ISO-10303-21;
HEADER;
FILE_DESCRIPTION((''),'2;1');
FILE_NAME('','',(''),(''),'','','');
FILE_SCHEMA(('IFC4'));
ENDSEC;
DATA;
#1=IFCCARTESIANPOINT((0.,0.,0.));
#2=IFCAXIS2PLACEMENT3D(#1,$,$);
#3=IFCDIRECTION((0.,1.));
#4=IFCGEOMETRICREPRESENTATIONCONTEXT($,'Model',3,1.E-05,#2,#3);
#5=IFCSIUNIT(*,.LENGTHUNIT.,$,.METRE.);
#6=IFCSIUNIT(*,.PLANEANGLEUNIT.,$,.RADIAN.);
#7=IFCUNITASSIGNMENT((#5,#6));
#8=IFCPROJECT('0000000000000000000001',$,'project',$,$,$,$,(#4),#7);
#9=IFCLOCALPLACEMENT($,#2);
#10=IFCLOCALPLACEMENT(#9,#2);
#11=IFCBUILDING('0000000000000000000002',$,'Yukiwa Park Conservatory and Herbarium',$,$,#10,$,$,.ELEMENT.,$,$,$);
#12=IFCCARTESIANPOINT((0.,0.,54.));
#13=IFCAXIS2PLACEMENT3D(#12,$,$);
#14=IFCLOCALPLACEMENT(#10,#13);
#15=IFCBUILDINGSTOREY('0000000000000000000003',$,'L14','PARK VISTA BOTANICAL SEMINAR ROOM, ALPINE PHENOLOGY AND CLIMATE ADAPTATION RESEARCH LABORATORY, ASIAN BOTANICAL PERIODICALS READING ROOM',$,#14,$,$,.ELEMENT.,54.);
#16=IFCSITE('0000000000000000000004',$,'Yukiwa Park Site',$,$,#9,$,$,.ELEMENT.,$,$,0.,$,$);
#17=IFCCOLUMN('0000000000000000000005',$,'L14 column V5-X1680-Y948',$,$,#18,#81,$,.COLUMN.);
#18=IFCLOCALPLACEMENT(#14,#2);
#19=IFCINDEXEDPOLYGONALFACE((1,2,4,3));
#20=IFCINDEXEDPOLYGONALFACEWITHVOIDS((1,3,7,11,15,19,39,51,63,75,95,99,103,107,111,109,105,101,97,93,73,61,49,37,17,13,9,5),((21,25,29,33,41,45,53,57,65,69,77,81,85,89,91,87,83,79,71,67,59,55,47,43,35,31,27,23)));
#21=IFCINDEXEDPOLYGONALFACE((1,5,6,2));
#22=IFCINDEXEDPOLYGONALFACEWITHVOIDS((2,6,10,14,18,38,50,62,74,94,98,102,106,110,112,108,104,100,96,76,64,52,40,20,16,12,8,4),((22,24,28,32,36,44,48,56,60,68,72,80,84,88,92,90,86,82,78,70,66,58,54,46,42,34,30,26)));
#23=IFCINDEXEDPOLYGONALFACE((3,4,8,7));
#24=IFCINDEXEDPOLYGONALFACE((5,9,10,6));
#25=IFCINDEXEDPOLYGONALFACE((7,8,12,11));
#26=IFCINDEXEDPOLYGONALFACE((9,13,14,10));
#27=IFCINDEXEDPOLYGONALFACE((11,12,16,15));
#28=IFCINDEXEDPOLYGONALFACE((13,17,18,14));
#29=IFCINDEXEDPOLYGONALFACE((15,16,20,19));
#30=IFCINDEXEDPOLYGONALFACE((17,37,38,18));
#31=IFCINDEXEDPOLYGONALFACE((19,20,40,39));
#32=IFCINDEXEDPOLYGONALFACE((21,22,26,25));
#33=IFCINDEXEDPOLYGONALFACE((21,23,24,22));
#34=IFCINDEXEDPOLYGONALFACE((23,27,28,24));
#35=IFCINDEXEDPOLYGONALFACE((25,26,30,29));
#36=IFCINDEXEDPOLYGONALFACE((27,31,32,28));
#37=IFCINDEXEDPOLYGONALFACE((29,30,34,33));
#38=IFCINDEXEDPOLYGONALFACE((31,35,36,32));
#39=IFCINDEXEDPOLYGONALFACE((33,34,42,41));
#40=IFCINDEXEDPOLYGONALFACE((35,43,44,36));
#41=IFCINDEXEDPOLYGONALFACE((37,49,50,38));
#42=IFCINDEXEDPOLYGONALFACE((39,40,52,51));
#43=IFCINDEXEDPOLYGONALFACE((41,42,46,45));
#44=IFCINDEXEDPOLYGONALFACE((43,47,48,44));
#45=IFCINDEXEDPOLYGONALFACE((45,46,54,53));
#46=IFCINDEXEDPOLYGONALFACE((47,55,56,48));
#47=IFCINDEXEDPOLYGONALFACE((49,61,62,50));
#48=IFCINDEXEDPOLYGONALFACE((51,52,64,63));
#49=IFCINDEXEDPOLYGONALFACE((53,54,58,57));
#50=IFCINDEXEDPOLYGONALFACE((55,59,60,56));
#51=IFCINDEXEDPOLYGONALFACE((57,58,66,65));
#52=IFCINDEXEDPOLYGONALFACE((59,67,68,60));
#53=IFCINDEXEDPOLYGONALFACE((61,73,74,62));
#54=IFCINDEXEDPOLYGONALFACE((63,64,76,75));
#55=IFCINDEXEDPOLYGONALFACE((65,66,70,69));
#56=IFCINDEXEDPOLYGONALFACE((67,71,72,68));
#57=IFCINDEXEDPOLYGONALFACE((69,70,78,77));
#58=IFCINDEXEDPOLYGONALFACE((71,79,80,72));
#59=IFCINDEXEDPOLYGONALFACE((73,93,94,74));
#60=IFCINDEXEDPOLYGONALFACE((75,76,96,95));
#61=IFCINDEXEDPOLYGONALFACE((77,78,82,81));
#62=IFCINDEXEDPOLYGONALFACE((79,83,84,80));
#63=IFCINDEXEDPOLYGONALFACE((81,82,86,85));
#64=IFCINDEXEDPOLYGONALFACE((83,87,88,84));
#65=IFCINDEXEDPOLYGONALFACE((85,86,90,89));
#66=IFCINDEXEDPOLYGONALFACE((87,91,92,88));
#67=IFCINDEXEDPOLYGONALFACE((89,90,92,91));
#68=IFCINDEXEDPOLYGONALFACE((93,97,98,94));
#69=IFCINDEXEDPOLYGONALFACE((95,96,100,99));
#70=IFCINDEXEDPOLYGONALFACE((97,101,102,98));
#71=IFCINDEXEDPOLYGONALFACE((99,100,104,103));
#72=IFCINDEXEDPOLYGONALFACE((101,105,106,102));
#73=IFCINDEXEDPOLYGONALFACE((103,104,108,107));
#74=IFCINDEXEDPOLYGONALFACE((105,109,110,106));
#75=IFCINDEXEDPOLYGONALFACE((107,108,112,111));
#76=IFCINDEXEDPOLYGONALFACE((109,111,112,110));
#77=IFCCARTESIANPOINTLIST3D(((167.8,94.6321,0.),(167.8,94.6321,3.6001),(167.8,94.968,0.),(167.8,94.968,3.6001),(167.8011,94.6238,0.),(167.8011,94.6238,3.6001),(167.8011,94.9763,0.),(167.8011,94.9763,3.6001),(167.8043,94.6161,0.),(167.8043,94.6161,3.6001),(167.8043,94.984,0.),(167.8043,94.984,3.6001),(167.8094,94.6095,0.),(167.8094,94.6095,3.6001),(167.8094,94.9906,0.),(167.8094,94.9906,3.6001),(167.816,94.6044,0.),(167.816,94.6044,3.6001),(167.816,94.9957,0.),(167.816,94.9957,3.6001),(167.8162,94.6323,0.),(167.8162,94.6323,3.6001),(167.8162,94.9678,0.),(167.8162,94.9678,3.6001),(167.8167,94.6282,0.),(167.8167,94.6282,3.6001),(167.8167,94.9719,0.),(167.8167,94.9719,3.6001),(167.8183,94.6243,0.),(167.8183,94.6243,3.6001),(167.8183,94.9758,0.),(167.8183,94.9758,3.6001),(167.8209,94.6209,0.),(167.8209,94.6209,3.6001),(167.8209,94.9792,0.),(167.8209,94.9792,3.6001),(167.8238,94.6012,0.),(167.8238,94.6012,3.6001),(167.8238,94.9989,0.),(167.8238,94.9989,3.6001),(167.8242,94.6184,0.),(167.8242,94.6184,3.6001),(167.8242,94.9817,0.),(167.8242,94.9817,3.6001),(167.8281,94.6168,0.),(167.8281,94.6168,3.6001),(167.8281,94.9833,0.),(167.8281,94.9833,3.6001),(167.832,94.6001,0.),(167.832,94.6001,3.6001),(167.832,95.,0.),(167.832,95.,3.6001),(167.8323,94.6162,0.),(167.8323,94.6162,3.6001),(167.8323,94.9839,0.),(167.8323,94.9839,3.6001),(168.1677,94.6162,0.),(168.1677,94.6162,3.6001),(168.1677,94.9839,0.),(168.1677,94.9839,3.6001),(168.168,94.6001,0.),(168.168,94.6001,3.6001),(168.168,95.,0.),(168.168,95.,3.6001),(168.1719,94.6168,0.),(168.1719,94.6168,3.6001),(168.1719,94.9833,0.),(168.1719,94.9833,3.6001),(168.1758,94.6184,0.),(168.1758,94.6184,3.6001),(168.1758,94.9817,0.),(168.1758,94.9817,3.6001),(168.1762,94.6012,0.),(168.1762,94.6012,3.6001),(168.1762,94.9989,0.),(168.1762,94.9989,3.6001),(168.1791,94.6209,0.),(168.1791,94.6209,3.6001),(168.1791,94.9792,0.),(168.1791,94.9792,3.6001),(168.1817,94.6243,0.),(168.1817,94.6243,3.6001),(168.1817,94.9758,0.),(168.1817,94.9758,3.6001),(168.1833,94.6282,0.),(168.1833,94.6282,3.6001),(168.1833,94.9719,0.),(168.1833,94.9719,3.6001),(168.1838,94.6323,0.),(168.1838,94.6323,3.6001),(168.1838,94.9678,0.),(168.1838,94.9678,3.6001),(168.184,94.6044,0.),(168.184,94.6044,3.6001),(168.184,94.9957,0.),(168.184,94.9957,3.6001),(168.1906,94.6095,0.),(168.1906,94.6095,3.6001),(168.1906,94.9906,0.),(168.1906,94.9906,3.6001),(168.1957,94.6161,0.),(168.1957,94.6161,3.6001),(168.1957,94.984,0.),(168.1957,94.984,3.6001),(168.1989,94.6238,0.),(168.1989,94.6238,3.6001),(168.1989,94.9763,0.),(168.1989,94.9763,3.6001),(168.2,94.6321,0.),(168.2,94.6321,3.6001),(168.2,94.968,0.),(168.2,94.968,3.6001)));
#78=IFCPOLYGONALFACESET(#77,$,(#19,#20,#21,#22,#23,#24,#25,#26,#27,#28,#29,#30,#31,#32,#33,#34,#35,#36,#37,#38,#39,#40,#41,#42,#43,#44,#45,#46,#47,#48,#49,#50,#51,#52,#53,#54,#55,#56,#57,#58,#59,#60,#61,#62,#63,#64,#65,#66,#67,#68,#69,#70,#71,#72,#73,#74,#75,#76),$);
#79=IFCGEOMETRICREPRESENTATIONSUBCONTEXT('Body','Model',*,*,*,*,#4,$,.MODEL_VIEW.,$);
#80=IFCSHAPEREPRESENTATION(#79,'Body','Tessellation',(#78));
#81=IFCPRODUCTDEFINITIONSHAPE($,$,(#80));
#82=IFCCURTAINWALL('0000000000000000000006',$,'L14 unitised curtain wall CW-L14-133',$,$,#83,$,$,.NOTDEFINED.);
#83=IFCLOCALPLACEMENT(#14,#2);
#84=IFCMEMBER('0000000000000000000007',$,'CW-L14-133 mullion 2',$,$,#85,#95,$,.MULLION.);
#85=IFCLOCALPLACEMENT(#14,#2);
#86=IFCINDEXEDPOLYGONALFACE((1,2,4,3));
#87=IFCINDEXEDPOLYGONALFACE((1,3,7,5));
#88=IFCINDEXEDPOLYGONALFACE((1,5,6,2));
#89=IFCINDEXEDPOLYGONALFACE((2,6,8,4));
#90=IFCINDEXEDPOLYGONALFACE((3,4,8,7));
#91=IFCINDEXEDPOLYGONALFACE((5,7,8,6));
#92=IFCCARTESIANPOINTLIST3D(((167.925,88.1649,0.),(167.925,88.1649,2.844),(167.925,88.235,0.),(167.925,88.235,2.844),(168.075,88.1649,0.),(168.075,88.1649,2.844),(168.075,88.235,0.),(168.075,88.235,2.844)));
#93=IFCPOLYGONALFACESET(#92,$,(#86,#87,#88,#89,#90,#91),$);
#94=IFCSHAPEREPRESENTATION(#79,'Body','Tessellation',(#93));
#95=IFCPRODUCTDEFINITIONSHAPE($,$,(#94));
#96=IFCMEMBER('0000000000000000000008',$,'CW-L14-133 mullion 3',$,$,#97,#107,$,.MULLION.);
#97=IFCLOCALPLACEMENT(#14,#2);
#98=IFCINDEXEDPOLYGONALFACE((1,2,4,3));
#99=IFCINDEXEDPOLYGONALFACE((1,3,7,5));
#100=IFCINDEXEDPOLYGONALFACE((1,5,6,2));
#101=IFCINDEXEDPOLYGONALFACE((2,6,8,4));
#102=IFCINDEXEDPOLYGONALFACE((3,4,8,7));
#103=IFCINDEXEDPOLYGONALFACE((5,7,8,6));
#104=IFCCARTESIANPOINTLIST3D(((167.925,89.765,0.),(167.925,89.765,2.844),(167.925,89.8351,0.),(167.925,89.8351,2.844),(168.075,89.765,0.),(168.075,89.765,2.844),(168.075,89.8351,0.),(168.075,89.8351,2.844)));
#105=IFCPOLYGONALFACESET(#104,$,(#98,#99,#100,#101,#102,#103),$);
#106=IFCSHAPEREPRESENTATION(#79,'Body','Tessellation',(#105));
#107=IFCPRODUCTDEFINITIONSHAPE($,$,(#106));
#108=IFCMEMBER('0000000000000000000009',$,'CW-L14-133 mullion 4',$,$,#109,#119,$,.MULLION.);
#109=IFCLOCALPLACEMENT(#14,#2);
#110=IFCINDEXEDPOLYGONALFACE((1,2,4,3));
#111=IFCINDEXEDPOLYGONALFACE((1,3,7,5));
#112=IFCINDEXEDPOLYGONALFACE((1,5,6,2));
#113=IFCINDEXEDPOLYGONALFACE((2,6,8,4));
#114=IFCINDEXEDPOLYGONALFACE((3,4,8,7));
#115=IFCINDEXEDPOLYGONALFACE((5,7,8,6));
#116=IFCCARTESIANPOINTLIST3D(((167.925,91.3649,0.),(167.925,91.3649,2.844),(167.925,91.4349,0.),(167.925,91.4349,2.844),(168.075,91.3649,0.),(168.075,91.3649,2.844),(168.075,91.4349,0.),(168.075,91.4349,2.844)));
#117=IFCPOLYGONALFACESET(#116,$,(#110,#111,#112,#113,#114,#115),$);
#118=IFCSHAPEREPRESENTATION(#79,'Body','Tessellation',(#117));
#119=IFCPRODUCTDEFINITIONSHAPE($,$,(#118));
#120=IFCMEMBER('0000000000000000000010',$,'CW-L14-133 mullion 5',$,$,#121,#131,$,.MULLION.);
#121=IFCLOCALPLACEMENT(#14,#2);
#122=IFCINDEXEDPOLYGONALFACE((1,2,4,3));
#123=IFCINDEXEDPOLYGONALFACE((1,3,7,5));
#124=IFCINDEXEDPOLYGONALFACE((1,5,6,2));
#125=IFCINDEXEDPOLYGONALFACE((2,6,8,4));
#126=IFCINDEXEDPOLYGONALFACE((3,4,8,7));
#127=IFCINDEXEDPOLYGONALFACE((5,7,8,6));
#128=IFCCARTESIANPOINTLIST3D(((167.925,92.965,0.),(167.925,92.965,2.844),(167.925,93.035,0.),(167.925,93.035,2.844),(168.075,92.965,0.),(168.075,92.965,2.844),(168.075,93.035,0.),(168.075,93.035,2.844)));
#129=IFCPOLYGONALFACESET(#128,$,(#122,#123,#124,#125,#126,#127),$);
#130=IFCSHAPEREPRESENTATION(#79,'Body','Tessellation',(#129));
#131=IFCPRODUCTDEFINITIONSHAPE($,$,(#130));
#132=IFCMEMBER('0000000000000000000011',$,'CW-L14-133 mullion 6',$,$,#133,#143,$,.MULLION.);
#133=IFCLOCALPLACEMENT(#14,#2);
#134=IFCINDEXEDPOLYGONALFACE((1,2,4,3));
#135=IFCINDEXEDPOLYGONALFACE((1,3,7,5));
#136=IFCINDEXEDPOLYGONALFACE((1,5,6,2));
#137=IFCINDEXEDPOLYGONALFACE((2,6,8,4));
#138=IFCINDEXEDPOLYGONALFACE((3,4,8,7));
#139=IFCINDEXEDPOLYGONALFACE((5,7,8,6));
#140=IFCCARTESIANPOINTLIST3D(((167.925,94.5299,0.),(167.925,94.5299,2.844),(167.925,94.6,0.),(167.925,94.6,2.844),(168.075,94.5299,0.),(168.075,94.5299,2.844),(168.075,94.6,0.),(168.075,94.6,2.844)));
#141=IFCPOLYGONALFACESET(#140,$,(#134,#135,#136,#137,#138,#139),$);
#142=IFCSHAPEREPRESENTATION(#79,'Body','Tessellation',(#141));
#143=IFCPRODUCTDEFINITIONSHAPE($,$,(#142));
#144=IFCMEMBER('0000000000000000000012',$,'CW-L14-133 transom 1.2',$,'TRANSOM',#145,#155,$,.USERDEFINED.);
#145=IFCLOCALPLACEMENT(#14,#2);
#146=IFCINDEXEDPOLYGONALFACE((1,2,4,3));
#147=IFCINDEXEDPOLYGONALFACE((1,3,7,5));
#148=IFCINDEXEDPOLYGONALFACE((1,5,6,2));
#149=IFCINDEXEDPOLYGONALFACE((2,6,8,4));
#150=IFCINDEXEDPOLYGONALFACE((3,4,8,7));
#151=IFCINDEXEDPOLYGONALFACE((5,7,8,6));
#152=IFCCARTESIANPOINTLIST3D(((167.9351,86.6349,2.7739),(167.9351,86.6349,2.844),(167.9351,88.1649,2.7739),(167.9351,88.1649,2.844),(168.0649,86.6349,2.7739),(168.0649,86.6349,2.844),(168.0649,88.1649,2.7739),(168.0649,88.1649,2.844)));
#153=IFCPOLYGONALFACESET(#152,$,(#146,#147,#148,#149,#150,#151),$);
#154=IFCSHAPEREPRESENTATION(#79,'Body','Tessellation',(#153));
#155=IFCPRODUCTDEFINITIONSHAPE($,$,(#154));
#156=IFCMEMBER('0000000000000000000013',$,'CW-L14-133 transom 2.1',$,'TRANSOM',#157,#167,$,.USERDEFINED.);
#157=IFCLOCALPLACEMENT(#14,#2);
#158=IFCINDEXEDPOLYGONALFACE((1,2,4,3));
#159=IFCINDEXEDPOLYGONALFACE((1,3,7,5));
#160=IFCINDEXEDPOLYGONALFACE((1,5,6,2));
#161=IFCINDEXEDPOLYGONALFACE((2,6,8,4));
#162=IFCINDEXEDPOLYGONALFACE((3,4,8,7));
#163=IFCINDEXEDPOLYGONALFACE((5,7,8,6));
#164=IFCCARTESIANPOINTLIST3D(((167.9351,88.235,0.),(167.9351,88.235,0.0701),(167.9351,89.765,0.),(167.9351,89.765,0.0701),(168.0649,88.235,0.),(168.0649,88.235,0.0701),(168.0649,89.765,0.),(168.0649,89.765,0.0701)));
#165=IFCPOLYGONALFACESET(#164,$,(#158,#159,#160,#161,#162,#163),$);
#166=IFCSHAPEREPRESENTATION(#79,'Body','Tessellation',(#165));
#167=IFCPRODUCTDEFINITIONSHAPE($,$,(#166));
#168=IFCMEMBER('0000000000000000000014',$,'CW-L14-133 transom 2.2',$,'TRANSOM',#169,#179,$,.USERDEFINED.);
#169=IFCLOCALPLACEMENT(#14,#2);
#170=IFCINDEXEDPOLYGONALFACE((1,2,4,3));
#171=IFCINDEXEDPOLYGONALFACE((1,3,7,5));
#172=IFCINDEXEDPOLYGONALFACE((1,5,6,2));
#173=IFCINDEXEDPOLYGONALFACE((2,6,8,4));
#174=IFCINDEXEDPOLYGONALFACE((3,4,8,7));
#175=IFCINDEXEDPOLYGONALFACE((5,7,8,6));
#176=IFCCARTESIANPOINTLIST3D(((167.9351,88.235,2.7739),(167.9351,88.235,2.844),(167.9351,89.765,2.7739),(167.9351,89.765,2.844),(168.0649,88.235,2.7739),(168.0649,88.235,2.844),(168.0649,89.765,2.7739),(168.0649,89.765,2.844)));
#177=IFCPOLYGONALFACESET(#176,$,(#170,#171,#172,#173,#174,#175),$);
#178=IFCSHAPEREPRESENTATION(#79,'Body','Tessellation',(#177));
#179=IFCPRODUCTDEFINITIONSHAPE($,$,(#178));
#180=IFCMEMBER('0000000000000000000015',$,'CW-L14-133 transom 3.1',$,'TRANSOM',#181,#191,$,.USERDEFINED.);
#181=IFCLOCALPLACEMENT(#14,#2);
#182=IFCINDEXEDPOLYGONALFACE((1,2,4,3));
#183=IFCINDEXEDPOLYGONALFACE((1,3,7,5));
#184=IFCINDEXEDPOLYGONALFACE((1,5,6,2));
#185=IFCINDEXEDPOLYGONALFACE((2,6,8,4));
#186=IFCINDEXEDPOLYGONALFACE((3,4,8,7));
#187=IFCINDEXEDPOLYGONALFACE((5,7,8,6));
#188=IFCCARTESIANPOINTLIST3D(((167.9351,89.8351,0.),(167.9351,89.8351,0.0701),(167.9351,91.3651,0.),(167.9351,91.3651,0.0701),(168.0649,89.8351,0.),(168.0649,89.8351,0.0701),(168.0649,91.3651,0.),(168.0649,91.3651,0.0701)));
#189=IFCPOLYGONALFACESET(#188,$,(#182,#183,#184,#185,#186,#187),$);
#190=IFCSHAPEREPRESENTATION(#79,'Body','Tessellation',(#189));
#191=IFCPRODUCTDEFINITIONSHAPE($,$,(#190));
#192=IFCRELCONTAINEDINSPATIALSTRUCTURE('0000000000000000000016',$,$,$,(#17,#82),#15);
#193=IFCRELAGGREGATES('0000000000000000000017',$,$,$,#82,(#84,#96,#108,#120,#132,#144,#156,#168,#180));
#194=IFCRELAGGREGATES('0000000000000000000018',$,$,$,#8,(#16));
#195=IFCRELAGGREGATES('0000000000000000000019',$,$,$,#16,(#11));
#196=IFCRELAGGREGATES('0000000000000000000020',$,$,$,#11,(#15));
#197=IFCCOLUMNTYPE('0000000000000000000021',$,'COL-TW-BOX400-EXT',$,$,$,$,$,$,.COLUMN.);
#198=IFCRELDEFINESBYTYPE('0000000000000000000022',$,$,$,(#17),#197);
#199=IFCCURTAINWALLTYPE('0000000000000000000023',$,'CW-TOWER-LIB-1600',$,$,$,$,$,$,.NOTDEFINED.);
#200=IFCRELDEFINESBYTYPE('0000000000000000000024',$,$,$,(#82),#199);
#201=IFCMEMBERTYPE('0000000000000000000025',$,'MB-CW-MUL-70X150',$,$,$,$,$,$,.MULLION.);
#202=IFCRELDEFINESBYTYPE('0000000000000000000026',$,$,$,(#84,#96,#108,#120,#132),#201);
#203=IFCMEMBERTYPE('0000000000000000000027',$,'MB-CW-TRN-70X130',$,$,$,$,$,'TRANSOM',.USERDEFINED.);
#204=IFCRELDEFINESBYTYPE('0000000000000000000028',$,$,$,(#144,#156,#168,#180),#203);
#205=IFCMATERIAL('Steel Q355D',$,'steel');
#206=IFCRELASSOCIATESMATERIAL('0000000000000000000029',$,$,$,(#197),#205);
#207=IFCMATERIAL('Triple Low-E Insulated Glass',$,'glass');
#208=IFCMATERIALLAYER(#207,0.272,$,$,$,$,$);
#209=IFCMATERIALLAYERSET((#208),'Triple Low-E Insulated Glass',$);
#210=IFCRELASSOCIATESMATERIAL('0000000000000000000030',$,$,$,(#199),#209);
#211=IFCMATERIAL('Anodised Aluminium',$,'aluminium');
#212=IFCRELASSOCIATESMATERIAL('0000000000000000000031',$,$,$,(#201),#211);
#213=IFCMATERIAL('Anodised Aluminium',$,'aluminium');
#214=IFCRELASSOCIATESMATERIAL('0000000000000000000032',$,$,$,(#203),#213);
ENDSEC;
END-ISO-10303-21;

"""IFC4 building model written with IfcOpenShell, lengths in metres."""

from ifc_helpers import new_model, si_unit, direction, frame, origin, origin_2d, place, context, subcontext, project, spatial, rectangle, hollow_rectangle, extrude, material, layer, layer_set, material_profile, profile_set, type_object, element, aggregate, save


model = new_model("IFC4")

# Units and contexts
model_context = context("Model", 3, precision=1e-05, world=origin(), true_north=direction((0.0, 1.0)))
body_context = subcontext(model_context, "Body", "Model", "MODEL_VIEW")
ifc_project = project(units=[si_unit("LENGTHUNIT", "METRE"), si_unit("PLANEANGLEUNIT", "RADIAN")], contexts=[model_context])

# Site, building, storey
site_placement = place(None, origin())
site = spatial("IfcSite", under=ifc_project, at=site_placement, Name="Yukiwa Park Site", CompositionType="ELEMENT", RefElevation=0.0)
building_placement = place(site_placement, origin())
building = spatial("IfcBuilding", under=site, at=building_placement, Name="Yukiwa Park Conservatory and Herbarium", CompositionType="ELEMENT")
storey_placement = place(building_placement, frame((0.0, 0.0, 54.0)))
storey = spatial("IfcBuildingStorey", under=building, at=storey_placement, Name="L14", Description="PARK VISTA BOTANICAL SEMINAR ROOM, ALPINE PHENOLOGY AND CLIMATE ADAPTATION RESEARCH LABORATORY, ASIAN BOTANICAL PERIODICALS READING ROOM", CompositionType="ELEMENT", Elevation=54.0)

# Column
ifc_material_1 = material(Name="Steel Q355D", Category="steel")
ifc_material_profile = material_profile(ifc_material_1, hollow_rectangle(XDim=0.3999, YDim=0.3999, WallThickness=0.0161, InnerFilletRadius=0.0161, OuterFilletRadius=0.032, at=origin_2d()), Name="BOX 400x400x16")
ifc_profile_set = profile_set([ifc_material_profile], Name="Steel Q355D")
column_type = type_object("IfcColumnType", Name="COL-TW-BOX400-EXT", PredefinedType="COLUMN", material=ifc_profile_set)
column_placement = place(storey_placement, frame((168.0, 94.8, 0.0), z_axis=(0.0, 0.0, 1.0), x_axis=(1.0, 0.0, 0.0)))
element("IfcColumn", 1, at=column_placement, inside=storey, type_object=column_type, Name="L14 column V5-X1680-Y948", PredefinedType="COLUMN", context=body_context, shape_type="SweptSolid", body=[
    extrude(hollow_rectangle(XDim=0.3999, YDim=0.3999, WallThickness=0.0161, InnerFilletRadius=0.0161, OuterFilletRadius=0.032, at=origin_2d()), origin(), (0.0, 0.0, 1.0), 3.6001),
])

# Curtain wall, members
ifc_material_2 = material(Name="Triple Low-E Insulated Glass", Category="glass")
ifc_layer_1 = layer(ifc_material_2, 0.272)
ifc_layer_set_1 = layer_set([ifc_layer_1], Name="Triple Low-E Insulated Glass")
curtain_wall_type = type_object("IfcCurtainWallType", Name="CW-TOWER-LIB-1600", PredefinedType="NOTDEFINED", material=ifc_layer_set_1)
curtain_wall_placement = place(storey_placement, origin())
curtain_wall = element("IfcCurtainWall", 2, at=curtain_wall_placement, inside=storey, type_object=curtain_wall_type, Name="L14 unitised curtain wall CW-L14-133", PredefinedType="NOTDEFINED")
ifc_material_3 = material(Name="Anodised Aluminium", Category="aluminium")
member_type_1 = type_object("IfcMemberType", Name="MB-CW-MUL-70X150", PredefinedType="MULLION", material=ifc_material_3)
member_1_placement = place(storey_placement, frame((168.0, 88.2, 0.0), z_axis=(0.0, 0.0, 1.0), x_axis=(0.0, 1.0, 0.0)))
member_1 = element("IfcMember", 3, at=member_1_placement, type_object=member_type_1, Name="CW-L14-133 mullion 2", PredefinedType="MULLION", context=body_context, shape_type="SweptSolid", body=[
    extrude(rectangle(XDim=0.0701, YDim=0.1499, at=origin_2d()), origin(), (0.0, 0.0, 1.0), 2.844),
])
member_2_placement = place(storey_placement, frame((168.0, 89.8, 0.0), z_axis=(0.0, 0.0, 1.0), x_axis=(0.0, 1.0, 0.0)))
member_2 = element("IfcMember", 4, at=member_2_placement, type_object=member_type_1, Name="CW-L14-133 mullion 3", PredefinedType="MULLION", context=body_context, shape_type="SweptSolid", body=[
    extrude(rectangle(XDim=0.0701, YDim=0.1499, at=origin_2d()), origin(), (0.0, 0.0, 1.0), 2.844),
])
member_3_placement = place(storey_placement, frame((168.0, 91.3999, 0.0), z_axis=(0.0, 0.0, 1.0), x_axis=(0.0, 1.0, 0.0)))
member_3 = element("IfcMember", 5, at=member_3_placement, type_object=member_type_1, Name="CW-L14-133 mullion 4", PredefinedType="MULLION", context=body_context, shape_type="SweptSolid", body=[
    extrude(rectangle(XDim=0.0701, YDim=0.1499, at=origin_2d()), origin(), (0.0, 0.0, 1.0), 2.844),
])
member_4_placement = place(storey_placement, frame((168.0, 93.0, 0.0), z_axis=(0.0, 0.0, 1.0), x_axis=(0.0, 1.0, 0.0)))
member_4 = element("IfcMember", 6, at=member_4_placement, type_object=member_type_1, Name="CW-L14-133 mullion 5", PredefinedType="MULLION", context=body_context, shape_type="SweptSolid", body=[
    extrude(rectangle(XDim=0.0701, YDim=0.1499, at=origin_2d()), origin(), (0.0, 0.0, 1.0), 2.844),
])
member_5_placement = place(storey_placement, frame((168.0, 94.5649, 0.0), z_axis=(0.0, 0.0, 1.0), x_axis=(0.0, 1.0, 0.0)))
member_5 = element("IfcMember", 7, at=member_5_placement, type_object=member_type_1, Name="CW-L14-133 mullion 6", PredefinedType="MULLION", context=body_context, shape_type="SweptSolid", body=[
    extrude(rectangle(XDim=0.0701, YDim=0.1499, at=origin_2d()), origin(), (0.0, 0.0, 1.0), 2.844),
])
ifc_material_4 = material(Name="Anodised Aluminium", Category="aluminium")
member_type_2 = type_object("IfcMemberType", Name="MB-CW-TRN-70X130", ElementType="TRANSOM", PredefinedType="USERDEFINED", material=ifc_material_4)
member_6_placement = place(storey_placement, frame((168.0, 87.3999, 2.7739), z_axis=(0.0, 0.0, 1.0), x_axis=(0.0, 1.0, 0.0)))
member_6 = element("IfcMember", 8, at=member_6_placement, type_object=member_type_2, Name="CW-L14-133 transom 1.2", ObjectType="TRANSOM", PredefinedType="USERDEFINED", context=body_context, shape_type="SweptSolid", body=[
    extrude(rectangle(XDim=1.53, YDim=0.1299, at=origin_2d()), origin(), (0.0, 0.0, 1.0), 0.0701),
])
member_7_placement = place(storey_placement, frame((168.0, 89.0, 0.0), z_axis=(0.0, 0.0, 1.0), x_axis=(0.0, 1.0, 0.0)))
member_7 = element("IfcMember", 9, at=member_7_placement, type_object=member_type_2, Name="CW-L14-133 transom 2.1", ObjectType="TRANSOM", PredefinedType="USERDEFINED", context=body_context, shape_type="SweptSolid", body=[
    extrude(rectangle(XDim=1.53, YDim=0.1299, at=origin_2d()), origin(), (0.0, 0.0, 1.0), 0.0701),
])
member_8_placement = place(storey_placement, frame((168.0, 89.0, 2.7739), z_axis=(0.0, 0.0, 1.0), x_axis=(0.0, 1.0, 0.0)))
member_8 = element("IfcMember", 10, at=member_8_placement, type_object=member_type_2, Name="CW-L14-133 transom 2.2", ObjectType="TRANSOM", PredefinedType="USERDEFINED", context=body_context, shape_type="SweptSolid", body=[
    extrude(rectangle(XDim=1.53, YDim=0.1299, at=origin_2d()), origin(), (0.0, 0.0, 1.0), 0.0701),
])
member_9_placement = place(storey_placement, frame((168.0, 90.6001, 0.0), z_axis=(0.0, 0.0, 1.0), x_axis=(0.0, 1.0, 0.0)))
member_9 = element("IfcMember", 11, at=member_9_placement, type_object=member_type_2, Name="CW-L14-133 transom 3.1", ObjectType="TRANSOM", PredefinedType="USERDEFINED", context=body_context, shape_type="SweptSolid", body=[
    extrude(rectangle(XDim=1.53, YDim=0.1299, at=origin_2d()), origin(), (0.0, 0.0, 1.0), 0.0701),
])
aggregate(curtain_wall, [member_1, member_2, member_3, member_4, member_5, member_6, member_7, member_8, member_9])

save(model, "model.ifc")
